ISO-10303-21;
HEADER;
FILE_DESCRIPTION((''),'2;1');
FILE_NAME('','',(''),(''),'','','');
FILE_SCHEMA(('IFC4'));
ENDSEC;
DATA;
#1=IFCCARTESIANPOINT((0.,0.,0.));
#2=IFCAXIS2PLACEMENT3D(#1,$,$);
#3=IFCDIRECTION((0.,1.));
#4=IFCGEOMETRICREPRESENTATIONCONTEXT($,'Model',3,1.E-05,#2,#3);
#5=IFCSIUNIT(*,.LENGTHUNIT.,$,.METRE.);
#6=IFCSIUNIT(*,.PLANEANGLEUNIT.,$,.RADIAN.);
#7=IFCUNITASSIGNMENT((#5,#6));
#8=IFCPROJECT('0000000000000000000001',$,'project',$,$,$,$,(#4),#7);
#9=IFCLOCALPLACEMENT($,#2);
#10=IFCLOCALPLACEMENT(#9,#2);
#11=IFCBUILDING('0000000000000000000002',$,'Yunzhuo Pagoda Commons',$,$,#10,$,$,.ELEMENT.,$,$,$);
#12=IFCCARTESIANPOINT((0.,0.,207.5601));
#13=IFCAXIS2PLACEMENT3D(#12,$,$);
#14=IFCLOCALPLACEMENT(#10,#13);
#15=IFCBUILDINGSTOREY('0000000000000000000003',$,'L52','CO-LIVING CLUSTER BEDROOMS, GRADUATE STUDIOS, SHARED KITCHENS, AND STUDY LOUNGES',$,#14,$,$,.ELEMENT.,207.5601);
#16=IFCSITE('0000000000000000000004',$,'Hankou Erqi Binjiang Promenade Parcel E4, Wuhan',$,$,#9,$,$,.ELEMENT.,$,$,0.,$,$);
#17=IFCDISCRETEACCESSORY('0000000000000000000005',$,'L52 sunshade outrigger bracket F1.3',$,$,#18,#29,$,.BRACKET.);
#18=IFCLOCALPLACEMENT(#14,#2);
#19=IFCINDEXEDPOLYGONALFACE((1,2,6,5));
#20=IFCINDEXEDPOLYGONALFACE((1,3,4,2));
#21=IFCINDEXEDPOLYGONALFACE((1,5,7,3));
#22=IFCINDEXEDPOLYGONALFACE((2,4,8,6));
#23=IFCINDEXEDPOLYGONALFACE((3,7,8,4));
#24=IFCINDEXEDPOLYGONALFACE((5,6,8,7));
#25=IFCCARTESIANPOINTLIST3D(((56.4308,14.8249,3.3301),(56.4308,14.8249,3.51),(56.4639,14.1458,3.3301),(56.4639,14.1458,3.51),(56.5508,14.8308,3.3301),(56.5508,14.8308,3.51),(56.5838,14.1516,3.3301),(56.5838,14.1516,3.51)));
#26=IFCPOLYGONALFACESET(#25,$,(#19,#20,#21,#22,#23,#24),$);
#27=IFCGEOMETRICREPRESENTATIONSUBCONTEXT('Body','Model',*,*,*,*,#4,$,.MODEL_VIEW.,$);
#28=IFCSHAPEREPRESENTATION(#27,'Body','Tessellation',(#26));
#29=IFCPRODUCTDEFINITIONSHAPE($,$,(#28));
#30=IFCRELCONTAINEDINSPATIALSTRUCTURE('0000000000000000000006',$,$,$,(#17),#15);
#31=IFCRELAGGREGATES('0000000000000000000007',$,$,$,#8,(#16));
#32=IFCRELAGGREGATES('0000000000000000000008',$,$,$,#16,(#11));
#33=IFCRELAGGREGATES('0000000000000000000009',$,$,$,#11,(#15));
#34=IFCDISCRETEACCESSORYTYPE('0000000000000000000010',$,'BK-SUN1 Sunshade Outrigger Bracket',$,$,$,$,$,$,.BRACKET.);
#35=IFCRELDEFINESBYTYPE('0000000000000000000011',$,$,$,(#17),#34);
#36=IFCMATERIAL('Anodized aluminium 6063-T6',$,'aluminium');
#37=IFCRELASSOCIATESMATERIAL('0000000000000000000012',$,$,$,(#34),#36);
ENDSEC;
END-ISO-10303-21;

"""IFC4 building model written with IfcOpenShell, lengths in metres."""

from ifc_helpers import new_model, si_unit, direction, frame, origin, origin_2d, place, context, subcontext, project, spatial, rectangle, extrude, source, transform, mapped, material, type_object, element, save


model = new_model("IFC4")

# Units and contexts
model_context = context("Model", 3, precision=1e-05, world=origin(), true_north=direction((0.0, 1.0)))
body_context = subcontext(model_context, "Body", "Model", "MODEL_VIEW")
ifc_project = project(units=[si_unit("LENGTHUNIT", "METRE"), si_unit("PLANEANGLEUNIT", "RADIAN")], contexts=[model_context])

# Site, building, storey
site_placement = place(None, origin())
site = spatial("IfcSite", under=ifc_project, at=site_placement, Name="Hankou Erqi Binjiang Promenade Parcel E4, Wuhan", CompositionType="ELEMENT", RefElevation=0.0)
building_placement = place(site_placement, origin())
building = spatial("IfcBuilding", under=site, at=building_placement, Name="Yunzhuo Pagoda Commons", CompositionType="ELEMENT")
storey_placement = place(building_placement, frame((0.0, 0.0, 207.5601)))
storey = spatial("IfcBuildingStorey", under=building, at=storey_placement, Name="L52", Description="CO-LIVING CLUSTER BEDROOMS, GRADUATE STUDIOS, SHARED KITCHENS, AND STUDY LOUNGES", CompositionType="ELEMENT", Elevation=207.5601)

# Shared definitions
ifc_material_1 = material(Name="Anodized aluminium 6063-T6", Category="aluminium")

# Discrete accessory
discrete_accessory_type = type_object("IfcDiscreteAccessoryType", Name="BK-SUN1 Sunshade Outrigger Bracket", PredefinedType="BRACKET", material=ifc_material_1)
shared_shape_1 = source(origin(), body_context, "Body", "SweptSolid", [
    extrude(rectangle(XDim=0.1201, YDim=0.6799, at=origin_2d()), origin(), (0.0, 0.0, 1.0), 0.1799),
])
discrete_accessory_placement = place(storey_placement, frame((56.5073, 14.4883, 3.3301), z_axis=(0.0, 0.0, 1.0), x_axis=(0.998818, 0.048606, 0.0)))
element("IfcDiscreteAccessory", 1, at=discrete_accessory_placement, inside=storey, type_object=discrete_accessory_type, Name="L52 sunshade outrigger bracket F1.3", PredefinedType="BRACKET", context=body_context, shape_type="MappedRepresentation", body=[
    mapped(shared_shape_1, transform((0.0, 0.0, 0.0), scale=1.0)),
])

save(model, "model.ifc")
